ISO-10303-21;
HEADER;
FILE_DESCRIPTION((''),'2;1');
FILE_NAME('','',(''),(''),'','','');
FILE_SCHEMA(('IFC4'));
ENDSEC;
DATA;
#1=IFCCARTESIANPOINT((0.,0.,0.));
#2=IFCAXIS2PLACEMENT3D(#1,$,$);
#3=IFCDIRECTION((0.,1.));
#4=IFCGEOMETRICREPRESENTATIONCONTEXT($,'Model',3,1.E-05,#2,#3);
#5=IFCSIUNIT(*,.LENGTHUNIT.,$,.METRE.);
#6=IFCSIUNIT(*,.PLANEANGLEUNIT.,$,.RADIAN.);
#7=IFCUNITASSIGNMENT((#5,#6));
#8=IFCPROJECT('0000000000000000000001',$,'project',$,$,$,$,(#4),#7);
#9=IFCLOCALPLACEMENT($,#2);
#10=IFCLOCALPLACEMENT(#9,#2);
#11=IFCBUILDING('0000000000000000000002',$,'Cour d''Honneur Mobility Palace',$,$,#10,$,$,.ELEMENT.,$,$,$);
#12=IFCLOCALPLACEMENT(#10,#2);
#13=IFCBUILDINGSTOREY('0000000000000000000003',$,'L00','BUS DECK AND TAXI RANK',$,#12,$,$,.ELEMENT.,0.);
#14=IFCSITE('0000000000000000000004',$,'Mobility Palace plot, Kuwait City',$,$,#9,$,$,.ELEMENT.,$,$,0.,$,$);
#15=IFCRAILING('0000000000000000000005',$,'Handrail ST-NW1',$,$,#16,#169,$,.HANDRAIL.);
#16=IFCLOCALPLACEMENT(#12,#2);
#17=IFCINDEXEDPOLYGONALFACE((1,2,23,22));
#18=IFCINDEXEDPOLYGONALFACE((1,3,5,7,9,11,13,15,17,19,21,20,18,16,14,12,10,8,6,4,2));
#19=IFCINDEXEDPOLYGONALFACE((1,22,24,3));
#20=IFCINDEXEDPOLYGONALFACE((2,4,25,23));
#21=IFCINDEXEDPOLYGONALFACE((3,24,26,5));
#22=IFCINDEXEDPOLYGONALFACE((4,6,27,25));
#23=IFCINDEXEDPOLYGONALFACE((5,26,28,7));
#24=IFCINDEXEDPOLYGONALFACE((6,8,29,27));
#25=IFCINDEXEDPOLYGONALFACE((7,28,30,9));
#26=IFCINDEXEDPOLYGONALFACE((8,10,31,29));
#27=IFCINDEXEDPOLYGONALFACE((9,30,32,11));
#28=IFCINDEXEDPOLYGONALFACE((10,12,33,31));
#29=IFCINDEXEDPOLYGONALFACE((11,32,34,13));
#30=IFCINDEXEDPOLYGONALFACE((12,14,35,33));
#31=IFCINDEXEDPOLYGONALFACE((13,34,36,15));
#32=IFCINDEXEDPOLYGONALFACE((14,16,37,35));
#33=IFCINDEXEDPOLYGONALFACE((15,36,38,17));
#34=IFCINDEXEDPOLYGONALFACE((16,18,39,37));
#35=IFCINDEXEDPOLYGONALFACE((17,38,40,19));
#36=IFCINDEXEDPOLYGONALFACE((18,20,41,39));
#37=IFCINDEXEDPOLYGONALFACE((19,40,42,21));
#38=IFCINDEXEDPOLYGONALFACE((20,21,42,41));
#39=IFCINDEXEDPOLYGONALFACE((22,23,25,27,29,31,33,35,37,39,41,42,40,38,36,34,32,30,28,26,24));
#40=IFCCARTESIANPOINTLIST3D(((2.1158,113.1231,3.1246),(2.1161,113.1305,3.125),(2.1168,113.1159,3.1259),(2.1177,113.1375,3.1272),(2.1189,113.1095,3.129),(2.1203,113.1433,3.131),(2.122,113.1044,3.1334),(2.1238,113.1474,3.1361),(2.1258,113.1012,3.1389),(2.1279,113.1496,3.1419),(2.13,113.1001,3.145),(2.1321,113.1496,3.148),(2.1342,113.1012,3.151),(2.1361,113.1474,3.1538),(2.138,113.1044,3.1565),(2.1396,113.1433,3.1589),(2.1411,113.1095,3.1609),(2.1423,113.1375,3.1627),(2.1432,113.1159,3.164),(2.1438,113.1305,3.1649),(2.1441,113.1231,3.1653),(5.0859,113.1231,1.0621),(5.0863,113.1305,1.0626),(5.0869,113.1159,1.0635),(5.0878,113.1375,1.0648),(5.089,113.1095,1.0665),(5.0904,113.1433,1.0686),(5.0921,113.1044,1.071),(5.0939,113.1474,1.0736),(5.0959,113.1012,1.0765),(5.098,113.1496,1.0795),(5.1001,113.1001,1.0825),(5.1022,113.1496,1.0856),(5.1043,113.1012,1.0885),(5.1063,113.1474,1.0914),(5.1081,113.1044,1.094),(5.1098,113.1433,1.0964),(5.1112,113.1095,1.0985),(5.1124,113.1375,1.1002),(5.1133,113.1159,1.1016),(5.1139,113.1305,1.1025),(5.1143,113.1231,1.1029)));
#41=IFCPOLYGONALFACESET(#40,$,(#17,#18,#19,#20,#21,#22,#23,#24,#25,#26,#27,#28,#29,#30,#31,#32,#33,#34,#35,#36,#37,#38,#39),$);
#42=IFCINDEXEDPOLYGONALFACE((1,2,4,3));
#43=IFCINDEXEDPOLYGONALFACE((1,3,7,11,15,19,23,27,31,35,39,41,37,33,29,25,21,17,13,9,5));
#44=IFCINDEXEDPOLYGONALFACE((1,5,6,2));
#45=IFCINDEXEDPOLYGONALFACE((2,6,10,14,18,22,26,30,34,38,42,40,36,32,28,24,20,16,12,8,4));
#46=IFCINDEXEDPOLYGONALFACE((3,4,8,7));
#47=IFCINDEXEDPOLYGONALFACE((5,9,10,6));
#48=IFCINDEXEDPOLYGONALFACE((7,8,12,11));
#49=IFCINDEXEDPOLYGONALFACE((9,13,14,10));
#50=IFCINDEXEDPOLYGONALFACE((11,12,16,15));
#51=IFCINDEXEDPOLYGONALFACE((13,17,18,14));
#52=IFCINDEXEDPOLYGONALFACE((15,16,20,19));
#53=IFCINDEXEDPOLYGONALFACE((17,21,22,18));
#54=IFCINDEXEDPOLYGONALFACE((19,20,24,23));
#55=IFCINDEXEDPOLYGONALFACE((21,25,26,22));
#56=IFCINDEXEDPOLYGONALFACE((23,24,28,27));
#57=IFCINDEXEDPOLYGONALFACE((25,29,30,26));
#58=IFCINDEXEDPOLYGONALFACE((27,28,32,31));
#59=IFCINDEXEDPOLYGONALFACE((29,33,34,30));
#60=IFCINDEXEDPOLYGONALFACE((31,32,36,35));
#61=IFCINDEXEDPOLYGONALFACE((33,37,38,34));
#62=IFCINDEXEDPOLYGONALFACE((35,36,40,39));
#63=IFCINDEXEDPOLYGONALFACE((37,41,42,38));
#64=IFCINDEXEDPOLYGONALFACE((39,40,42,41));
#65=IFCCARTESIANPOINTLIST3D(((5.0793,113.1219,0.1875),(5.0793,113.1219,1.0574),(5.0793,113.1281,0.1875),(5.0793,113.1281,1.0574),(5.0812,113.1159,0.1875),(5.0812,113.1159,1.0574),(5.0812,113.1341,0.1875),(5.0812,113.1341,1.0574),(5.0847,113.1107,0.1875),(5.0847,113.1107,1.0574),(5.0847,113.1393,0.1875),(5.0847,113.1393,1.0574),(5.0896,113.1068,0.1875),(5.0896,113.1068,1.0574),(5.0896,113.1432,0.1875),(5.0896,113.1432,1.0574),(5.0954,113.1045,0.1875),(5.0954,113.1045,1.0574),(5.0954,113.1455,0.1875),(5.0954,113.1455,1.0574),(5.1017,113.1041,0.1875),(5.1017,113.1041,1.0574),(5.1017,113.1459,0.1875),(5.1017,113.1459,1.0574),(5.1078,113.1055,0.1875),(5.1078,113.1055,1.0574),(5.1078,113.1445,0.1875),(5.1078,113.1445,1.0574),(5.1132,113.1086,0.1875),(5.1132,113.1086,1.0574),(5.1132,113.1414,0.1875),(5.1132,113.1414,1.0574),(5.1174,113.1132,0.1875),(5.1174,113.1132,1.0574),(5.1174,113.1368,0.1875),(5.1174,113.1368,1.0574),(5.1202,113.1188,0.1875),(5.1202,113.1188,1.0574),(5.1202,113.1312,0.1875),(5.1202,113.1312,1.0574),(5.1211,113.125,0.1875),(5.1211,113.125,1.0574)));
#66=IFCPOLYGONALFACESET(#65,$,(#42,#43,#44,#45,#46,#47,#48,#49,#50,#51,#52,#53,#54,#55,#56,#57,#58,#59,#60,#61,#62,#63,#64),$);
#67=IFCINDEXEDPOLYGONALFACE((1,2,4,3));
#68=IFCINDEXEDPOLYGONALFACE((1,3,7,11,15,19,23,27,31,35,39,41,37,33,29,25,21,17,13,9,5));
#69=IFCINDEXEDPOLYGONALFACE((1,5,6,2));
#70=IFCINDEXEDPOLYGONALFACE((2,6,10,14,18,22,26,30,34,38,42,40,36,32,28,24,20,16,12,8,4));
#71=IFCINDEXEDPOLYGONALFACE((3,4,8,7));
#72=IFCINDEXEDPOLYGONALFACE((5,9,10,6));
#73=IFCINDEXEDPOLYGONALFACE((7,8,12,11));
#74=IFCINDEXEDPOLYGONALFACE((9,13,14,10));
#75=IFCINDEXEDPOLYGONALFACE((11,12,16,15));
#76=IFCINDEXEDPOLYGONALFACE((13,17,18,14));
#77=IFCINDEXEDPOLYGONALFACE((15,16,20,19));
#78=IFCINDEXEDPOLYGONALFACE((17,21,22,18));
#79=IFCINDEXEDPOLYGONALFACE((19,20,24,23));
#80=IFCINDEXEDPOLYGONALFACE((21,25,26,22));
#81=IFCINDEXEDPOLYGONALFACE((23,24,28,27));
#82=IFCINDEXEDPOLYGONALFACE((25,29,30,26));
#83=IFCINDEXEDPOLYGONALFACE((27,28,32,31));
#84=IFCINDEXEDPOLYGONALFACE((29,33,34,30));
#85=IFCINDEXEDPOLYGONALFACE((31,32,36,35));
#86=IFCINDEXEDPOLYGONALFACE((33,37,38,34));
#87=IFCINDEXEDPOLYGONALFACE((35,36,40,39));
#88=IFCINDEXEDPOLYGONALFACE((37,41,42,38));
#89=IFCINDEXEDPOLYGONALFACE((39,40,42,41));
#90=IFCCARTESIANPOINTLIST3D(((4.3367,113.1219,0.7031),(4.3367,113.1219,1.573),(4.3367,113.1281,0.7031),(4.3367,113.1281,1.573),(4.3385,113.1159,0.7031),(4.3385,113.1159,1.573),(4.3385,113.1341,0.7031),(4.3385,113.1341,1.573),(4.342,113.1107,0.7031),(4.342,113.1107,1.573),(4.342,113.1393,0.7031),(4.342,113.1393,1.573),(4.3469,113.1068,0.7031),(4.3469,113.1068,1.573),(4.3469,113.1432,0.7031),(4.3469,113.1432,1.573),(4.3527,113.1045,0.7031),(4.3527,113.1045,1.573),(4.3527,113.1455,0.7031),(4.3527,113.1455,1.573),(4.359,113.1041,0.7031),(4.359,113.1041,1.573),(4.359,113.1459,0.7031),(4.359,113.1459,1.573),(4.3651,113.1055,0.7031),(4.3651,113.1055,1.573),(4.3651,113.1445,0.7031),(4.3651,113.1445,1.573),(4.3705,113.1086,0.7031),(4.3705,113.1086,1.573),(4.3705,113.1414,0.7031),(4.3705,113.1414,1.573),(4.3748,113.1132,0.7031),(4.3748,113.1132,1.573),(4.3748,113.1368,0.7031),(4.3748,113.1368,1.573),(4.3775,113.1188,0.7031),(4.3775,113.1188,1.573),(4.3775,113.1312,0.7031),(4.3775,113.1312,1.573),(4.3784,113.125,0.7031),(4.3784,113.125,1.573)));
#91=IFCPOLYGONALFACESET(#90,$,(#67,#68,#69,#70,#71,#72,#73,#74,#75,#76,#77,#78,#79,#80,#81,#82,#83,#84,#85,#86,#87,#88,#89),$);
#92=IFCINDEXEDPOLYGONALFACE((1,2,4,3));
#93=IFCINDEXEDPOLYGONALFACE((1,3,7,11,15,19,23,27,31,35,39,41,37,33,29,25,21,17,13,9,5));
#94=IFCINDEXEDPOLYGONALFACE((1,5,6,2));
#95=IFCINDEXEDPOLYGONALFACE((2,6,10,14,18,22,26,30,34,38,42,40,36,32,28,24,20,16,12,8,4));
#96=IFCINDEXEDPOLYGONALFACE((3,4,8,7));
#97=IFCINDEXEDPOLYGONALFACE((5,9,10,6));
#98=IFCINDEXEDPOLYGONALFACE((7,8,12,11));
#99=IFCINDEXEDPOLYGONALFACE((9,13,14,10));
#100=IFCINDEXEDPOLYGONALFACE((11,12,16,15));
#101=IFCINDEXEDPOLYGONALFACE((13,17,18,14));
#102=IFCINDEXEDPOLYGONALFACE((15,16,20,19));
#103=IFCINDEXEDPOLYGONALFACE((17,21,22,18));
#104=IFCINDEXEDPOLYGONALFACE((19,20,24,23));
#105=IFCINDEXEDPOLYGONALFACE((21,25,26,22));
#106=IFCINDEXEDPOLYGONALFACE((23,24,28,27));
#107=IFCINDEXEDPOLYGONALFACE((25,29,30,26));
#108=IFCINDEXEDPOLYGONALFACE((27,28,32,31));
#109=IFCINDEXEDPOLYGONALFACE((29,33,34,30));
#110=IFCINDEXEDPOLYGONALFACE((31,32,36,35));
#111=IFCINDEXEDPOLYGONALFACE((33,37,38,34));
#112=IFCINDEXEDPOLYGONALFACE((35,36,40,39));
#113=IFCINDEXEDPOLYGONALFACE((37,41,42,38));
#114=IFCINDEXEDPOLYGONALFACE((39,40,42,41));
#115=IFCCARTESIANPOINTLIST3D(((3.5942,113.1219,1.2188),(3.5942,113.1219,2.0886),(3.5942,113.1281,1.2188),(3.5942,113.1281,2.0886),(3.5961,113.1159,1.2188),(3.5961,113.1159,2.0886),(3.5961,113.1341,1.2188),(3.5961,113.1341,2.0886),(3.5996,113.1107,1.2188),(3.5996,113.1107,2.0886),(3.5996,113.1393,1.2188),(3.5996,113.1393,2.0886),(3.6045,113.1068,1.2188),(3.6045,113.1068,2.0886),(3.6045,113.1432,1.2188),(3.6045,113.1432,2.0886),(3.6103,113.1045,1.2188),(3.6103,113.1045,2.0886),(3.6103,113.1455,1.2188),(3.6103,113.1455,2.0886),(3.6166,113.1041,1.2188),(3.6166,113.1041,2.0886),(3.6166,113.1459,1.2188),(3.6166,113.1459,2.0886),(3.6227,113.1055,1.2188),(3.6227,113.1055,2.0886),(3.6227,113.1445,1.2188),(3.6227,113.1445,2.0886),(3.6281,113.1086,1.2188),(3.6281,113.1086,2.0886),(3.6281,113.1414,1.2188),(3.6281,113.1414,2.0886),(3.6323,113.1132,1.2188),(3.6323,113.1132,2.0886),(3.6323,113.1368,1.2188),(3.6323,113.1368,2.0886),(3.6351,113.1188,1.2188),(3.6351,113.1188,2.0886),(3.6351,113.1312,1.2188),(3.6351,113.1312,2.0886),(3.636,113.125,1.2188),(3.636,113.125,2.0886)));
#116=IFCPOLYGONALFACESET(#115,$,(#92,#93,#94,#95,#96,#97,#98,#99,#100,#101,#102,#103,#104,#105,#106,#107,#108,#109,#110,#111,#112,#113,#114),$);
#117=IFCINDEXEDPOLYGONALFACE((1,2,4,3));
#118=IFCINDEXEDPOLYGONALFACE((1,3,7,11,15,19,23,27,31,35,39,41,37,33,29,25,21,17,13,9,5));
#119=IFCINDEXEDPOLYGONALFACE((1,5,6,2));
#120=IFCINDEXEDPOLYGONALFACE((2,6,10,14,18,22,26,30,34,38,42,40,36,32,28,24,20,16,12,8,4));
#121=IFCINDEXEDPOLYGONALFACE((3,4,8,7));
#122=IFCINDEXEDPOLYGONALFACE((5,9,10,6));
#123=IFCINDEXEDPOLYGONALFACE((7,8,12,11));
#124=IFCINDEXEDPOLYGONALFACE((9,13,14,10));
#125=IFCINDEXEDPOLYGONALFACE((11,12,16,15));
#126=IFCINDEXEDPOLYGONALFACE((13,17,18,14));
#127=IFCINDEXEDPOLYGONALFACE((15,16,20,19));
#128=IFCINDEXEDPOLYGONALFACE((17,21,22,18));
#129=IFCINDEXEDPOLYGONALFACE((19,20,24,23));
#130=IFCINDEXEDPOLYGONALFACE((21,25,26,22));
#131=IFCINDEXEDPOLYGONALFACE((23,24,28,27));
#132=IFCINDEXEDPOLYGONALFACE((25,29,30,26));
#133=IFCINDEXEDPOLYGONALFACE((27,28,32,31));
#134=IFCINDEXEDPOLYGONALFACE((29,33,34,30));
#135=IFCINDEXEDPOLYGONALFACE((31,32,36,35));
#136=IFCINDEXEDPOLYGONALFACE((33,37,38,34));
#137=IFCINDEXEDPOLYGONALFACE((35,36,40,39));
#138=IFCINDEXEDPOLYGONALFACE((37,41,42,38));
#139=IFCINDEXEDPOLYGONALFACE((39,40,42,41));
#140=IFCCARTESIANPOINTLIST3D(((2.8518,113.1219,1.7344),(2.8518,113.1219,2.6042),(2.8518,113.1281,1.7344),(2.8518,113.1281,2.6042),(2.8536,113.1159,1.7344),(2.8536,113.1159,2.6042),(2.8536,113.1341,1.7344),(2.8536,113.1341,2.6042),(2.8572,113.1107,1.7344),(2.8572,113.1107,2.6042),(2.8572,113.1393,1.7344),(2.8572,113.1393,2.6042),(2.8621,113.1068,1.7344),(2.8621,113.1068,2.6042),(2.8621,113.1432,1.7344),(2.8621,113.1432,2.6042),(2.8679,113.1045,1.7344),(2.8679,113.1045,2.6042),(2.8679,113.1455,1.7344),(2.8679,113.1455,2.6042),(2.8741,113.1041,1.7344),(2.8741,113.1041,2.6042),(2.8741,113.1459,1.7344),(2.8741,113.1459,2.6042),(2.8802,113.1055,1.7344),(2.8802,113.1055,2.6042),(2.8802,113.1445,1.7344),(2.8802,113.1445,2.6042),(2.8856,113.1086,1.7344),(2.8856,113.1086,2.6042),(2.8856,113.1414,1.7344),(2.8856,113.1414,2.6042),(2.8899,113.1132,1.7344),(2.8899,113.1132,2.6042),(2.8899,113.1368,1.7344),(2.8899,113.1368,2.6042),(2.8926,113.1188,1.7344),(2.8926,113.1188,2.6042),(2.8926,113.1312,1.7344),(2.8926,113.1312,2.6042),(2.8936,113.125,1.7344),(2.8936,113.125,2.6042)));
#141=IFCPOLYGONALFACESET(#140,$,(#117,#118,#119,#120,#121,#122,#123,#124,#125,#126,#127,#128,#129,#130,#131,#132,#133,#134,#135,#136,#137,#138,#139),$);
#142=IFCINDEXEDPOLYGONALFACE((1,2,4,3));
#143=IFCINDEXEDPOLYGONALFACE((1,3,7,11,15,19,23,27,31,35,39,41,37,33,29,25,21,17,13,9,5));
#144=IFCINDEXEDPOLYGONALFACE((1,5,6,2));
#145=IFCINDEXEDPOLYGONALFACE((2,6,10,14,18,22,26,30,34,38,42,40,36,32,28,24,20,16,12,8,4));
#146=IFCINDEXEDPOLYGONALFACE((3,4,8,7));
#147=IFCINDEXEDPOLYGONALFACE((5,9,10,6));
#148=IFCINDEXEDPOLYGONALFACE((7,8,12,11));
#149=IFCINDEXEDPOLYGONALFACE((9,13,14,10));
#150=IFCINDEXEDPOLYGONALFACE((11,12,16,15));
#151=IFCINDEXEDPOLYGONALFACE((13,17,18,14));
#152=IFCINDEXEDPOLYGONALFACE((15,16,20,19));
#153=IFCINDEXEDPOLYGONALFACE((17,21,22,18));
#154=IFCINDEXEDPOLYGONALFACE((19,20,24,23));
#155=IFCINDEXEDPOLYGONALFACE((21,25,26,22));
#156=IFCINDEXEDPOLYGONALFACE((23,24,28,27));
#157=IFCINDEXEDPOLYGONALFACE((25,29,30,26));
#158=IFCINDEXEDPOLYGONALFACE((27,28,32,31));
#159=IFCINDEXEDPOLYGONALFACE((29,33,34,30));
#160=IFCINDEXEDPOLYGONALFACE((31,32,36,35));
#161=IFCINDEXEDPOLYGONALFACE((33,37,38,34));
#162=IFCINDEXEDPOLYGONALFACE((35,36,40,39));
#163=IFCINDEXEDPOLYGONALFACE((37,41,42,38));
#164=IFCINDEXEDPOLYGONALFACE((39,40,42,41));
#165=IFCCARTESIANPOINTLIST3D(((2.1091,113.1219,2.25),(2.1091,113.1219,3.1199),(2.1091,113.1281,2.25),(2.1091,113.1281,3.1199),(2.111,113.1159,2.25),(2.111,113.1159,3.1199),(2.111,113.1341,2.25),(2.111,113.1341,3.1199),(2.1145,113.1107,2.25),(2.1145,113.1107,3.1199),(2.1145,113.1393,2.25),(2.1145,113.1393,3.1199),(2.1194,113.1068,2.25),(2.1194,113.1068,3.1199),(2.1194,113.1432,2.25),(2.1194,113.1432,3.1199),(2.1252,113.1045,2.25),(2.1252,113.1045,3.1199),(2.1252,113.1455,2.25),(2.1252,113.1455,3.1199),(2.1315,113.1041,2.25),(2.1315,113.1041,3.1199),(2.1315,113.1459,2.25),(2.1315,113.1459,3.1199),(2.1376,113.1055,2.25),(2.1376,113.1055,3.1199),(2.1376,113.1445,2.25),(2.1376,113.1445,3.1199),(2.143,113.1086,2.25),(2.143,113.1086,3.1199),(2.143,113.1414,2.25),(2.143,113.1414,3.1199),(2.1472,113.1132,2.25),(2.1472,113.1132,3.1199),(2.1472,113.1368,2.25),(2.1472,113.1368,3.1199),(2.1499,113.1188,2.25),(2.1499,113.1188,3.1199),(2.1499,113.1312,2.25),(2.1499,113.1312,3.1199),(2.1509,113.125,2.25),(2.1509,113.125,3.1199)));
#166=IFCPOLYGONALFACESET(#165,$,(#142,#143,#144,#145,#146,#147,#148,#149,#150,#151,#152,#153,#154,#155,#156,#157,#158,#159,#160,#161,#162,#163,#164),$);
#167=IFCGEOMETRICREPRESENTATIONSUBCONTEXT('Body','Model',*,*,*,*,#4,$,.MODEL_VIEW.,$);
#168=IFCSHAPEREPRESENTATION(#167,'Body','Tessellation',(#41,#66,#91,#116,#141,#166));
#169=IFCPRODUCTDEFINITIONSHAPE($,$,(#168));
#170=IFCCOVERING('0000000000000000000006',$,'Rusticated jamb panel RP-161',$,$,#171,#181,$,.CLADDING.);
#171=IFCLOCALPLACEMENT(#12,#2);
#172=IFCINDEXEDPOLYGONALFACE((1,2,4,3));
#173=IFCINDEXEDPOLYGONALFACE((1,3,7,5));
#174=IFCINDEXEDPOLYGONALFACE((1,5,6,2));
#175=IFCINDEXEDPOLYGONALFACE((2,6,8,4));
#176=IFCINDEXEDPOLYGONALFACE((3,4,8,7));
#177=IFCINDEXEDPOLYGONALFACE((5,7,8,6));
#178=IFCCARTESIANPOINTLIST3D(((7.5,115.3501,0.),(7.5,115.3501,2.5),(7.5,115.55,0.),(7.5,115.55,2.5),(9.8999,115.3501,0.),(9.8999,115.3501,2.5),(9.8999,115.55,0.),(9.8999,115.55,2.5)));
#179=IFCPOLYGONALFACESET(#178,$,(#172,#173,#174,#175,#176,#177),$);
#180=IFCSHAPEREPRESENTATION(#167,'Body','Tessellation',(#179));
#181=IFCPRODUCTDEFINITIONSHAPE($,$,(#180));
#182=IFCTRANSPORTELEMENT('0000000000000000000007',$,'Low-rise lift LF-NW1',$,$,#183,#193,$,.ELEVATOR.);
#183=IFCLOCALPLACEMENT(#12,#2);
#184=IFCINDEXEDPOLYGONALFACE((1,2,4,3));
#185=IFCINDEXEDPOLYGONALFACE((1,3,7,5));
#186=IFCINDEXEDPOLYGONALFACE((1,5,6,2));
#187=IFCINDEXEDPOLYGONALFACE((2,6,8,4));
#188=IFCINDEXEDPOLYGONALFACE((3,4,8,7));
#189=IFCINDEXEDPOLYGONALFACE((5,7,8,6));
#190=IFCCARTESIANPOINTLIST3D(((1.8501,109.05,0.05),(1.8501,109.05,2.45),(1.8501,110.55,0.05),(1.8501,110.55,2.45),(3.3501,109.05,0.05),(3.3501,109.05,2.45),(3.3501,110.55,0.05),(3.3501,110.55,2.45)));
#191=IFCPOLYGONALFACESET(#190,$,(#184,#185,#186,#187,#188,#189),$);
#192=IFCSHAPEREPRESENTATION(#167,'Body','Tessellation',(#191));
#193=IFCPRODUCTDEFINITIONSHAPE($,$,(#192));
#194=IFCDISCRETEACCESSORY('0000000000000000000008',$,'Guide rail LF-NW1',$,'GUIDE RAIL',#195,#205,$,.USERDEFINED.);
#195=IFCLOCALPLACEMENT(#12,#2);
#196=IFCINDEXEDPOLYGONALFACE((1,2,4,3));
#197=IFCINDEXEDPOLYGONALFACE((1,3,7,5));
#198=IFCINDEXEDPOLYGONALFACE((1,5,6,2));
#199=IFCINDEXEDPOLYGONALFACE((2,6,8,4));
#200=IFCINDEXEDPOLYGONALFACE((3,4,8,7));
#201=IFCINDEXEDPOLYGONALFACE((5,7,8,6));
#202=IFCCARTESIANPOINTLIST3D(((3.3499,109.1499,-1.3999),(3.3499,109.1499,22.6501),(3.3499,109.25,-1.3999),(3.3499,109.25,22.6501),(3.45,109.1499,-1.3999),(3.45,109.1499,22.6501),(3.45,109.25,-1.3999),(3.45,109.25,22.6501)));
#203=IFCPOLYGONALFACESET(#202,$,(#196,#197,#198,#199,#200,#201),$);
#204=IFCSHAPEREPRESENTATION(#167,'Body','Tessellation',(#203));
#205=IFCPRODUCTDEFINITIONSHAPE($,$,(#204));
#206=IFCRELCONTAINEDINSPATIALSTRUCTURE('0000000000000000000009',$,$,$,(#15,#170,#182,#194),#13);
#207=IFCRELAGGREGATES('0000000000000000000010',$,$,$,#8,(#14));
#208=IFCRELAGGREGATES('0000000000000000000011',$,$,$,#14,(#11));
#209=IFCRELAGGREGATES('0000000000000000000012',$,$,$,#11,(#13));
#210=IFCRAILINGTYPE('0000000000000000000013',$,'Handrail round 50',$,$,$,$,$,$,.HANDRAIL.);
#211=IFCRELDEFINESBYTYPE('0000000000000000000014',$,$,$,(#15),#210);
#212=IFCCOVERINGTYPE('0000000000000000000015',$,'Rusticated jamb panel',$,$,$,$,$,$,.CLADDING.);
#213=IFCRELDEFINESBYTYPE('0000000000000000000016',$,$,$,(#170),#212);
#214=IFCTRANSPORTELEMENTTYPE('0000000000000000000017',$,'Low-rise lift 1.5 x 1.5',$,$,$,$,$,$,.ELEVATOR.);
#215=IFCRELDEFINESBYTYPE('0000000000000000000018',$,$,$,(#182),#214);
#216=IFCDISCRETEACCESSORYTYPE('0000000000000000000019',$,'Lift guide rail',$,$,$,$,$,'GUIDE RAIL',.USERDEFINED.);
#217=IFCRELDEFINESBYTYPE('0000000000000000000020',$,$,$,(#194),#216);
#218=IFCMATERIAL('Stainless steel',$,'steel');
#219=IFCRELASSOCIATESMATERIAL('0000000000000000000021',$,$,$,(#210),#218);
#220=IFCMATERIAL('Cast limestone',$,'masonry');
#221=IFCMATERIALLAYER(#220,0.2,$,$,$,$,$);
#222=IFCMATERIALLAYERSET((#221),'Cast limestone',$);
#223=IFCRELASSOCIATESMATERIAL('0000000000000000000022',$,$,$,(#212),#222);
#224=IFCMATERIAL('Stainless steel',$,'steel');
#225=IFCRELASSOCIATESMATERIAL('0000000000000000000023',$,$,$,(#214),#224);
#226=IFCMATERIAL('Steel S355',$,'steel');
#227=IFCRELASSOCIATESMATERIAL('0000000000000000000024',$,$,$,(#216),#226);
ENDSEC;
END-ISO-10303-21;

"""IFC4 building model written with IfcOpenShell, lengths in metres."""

from ifc_helpers import new_model, si_unit, direction, frame, origin, origin_2d, place, context, subcontext, project, spatial, polyline, rectangle, circle, outline, extrude, material, layer, layer_set, type_object, element, save


model = new_model("IFC4")

# Units and contexts
model_context = context("Model", 3, precision=1e-05, world=origin(), true_north=direction((0.0, 1.0)))
body_context = subcontext(model_context, "Body", "Model", "MODEL_VIEW")
ifc_project = project(units=[si_unit("LENGTHUNIT", "METRE"), si_unit("PLANEANGLEUNIT", "RADIAN")], contexts=[model_context])

# Site, building, storey
site_placement = place(None, origin())
site = spatial("IfcSite", under=ifc_project, at=site_placement, Name="Mobility Palace plot, Kuwait City", CompositionType="ELEMENT", RefElevation=0.0)
building_placement = place(site_placement, origin())
building = spatial("IfcBuilding", under=site, at=building_placement, Name="Cour d'Honneur Mobility Palace", CompositionType="ELEMENT")
storey_placement = place(building_placement, origin())
storey = spatial("IfcBuildingStorey", under=building, at=storey_placement, Name="L00", Description="BUS DECK AND TAXI RANK", CompositionType="ELEMENT", Elevation=0.0)

# Railing
ifc_material_1 = material(Name="Stainless steel", Category="steel")
railing_type = type_object("IfcRailingType", Name="Handrail round 50", PredefinedType="HANDRAIL", material=ifc_material_1)
for number, where, name in (
    (1, (5.1001, 113.125, 0.1875), "Handrail ST-NW1"),
):
    element("IfcRailing", number, at=place(storey_placement, frame(where)), inside=storey, type_object=railing_type, Name=name, PredefinedType="HANDRAIL", context=body_context, shape_type="SweptSolid", body=[
        extrude(circle(Radius=0.0249, at=origin_2d()), frame((0.0, 0.0, 0.895), z_axis=(-0.821389, 0.0, 0.570368), x_axis=(0.0, -1.0, 0.0)), (0.0, 0.0, 1.0), 3.616),
        extrude(circle(Radius=0.021, at=origin_2d()), origin(), (0.0, 0.0, 1.0), 0.8699),
        extrude(circle(Radius=0.021, at=origin_2d()), frame((-0.7427, 0.0, 0.5156)), (0.0, 0.0, 1.0), 0.8699),
        extrude(circle(Radius=0.021, at=origin_2d()), frame((-1.4851, 0.0, 1.0312)), (0.0, 0.0, 1.0), 0.8699),
        extrude(circle(Radius=0.021, at=origin_2d()), frame((-2.2275, 0.0, 1.5469)), (0.0, 0.0, 1.0), 0.8699),
        extrude(circle(Radius=0.021, at=origin_2d()), frame((-2.9702, 0.0, 2.0625)), (0.0, 0.0, 1.0), 0.8699),
    ])

# Covering
ifc_material_2 = material(Name="Cast limestone", Category="masonry")
ifc_layer_1 = layer(ifc_material_2, 0.2)
ifc_layer_set_1 = layer_set([ifc_layer_1], Name="Cast limestone")
covering_type_1 = type_object("IfcCoveringType", Name="Rusticated jamb panel", PredefinedType="CLADDING", material=ifc_layer_set_1)
covering_1_placement = place(storey_placement, frame((9.8999, 115.55, 0.0), z_axis=(0.0, 1.0, 0.0), x_axis=(-1.0, 0.0, 0.0)))
element("IfcCovering", 2, at=covering_1_placement, inside=storey, type_object=covering_type_1, Name="Rusticated jamb panel RP-161", PredefinedType="CLADDING", context=body_context, shape_type="SweptSolid", body=[
    extrude(outline(polyline([(0.0, 0.0), (2.3999, 0.0), (2.3999, 2.5), (0.0, 2.5), (0.0, 0.0)])), origin(), (0.0, 0.0, -1.0), 0.2),
])

# Transport element
ifc_material_3 = material(Name="Stainless steel", Category="steel")
transport_element_type = type_object("IfcTransportElementType", Name="Low-rise lift 1.5 x 1.5", PredefinedType="ELEVATOR", material=ifc_material_3)
transport_element_placement = place(storey_placement, frame((2.6001, 109.8, 0.05), z_axis=(0.0, 0.0, 1.0), x_axis=(1.0, 0.0, 0.0)))
element("IfcTransportElement", 3, at=transport_element_placement, inside=storey, type_object=transport_element_type, Name="Low-rise lift LF-NW1", PredefinedType="ELEVATOR", context=body_context, shape_type="SweptSolid", body=[
    extrude(rectangle(XDim=1.5, YDim=1.5, at=origin_2d()), origin(), (0.0, 0.0, 1.0), 2.3999),
])

# Discrete accessory
ifc_material_4 = material(Name="Steel S355", Category="steel")
discrete_accessory_type = type_object("IfcDiscreteAccessoryType", Name="Lift guide rail", ElementType="GUIDE RAIL", PredefinedType="USERDEFINED", material=ifc_material_4)
for number, where, z_axis, x_axis, name in (
    (4, (3.3999, 109.2, -1.3999), (0.0, 0.0, 1.0), (1.0, 0.0, 0.0), "Guide rail LF-NW1"),
):
    element("IfcDiscreteAccessory", number, at=place(storey_placement, frame(where, z_axis=z_axis, x_axis=x_axis)), inside=storey, type_object=discrete_accessory_type, Name=name, ObjectType="GUIDE RAIL", PredefinedType="USERDEFINED", context=body_context, shape_type="SweptSolid", body=[
        extrude(rectangle(XDim=0.1001, YDim=0.1001, at=origin_2d()), origin(), (0.0, 0.0, 1.0), 24.05),
    ])

save(model, "model.ifc")
